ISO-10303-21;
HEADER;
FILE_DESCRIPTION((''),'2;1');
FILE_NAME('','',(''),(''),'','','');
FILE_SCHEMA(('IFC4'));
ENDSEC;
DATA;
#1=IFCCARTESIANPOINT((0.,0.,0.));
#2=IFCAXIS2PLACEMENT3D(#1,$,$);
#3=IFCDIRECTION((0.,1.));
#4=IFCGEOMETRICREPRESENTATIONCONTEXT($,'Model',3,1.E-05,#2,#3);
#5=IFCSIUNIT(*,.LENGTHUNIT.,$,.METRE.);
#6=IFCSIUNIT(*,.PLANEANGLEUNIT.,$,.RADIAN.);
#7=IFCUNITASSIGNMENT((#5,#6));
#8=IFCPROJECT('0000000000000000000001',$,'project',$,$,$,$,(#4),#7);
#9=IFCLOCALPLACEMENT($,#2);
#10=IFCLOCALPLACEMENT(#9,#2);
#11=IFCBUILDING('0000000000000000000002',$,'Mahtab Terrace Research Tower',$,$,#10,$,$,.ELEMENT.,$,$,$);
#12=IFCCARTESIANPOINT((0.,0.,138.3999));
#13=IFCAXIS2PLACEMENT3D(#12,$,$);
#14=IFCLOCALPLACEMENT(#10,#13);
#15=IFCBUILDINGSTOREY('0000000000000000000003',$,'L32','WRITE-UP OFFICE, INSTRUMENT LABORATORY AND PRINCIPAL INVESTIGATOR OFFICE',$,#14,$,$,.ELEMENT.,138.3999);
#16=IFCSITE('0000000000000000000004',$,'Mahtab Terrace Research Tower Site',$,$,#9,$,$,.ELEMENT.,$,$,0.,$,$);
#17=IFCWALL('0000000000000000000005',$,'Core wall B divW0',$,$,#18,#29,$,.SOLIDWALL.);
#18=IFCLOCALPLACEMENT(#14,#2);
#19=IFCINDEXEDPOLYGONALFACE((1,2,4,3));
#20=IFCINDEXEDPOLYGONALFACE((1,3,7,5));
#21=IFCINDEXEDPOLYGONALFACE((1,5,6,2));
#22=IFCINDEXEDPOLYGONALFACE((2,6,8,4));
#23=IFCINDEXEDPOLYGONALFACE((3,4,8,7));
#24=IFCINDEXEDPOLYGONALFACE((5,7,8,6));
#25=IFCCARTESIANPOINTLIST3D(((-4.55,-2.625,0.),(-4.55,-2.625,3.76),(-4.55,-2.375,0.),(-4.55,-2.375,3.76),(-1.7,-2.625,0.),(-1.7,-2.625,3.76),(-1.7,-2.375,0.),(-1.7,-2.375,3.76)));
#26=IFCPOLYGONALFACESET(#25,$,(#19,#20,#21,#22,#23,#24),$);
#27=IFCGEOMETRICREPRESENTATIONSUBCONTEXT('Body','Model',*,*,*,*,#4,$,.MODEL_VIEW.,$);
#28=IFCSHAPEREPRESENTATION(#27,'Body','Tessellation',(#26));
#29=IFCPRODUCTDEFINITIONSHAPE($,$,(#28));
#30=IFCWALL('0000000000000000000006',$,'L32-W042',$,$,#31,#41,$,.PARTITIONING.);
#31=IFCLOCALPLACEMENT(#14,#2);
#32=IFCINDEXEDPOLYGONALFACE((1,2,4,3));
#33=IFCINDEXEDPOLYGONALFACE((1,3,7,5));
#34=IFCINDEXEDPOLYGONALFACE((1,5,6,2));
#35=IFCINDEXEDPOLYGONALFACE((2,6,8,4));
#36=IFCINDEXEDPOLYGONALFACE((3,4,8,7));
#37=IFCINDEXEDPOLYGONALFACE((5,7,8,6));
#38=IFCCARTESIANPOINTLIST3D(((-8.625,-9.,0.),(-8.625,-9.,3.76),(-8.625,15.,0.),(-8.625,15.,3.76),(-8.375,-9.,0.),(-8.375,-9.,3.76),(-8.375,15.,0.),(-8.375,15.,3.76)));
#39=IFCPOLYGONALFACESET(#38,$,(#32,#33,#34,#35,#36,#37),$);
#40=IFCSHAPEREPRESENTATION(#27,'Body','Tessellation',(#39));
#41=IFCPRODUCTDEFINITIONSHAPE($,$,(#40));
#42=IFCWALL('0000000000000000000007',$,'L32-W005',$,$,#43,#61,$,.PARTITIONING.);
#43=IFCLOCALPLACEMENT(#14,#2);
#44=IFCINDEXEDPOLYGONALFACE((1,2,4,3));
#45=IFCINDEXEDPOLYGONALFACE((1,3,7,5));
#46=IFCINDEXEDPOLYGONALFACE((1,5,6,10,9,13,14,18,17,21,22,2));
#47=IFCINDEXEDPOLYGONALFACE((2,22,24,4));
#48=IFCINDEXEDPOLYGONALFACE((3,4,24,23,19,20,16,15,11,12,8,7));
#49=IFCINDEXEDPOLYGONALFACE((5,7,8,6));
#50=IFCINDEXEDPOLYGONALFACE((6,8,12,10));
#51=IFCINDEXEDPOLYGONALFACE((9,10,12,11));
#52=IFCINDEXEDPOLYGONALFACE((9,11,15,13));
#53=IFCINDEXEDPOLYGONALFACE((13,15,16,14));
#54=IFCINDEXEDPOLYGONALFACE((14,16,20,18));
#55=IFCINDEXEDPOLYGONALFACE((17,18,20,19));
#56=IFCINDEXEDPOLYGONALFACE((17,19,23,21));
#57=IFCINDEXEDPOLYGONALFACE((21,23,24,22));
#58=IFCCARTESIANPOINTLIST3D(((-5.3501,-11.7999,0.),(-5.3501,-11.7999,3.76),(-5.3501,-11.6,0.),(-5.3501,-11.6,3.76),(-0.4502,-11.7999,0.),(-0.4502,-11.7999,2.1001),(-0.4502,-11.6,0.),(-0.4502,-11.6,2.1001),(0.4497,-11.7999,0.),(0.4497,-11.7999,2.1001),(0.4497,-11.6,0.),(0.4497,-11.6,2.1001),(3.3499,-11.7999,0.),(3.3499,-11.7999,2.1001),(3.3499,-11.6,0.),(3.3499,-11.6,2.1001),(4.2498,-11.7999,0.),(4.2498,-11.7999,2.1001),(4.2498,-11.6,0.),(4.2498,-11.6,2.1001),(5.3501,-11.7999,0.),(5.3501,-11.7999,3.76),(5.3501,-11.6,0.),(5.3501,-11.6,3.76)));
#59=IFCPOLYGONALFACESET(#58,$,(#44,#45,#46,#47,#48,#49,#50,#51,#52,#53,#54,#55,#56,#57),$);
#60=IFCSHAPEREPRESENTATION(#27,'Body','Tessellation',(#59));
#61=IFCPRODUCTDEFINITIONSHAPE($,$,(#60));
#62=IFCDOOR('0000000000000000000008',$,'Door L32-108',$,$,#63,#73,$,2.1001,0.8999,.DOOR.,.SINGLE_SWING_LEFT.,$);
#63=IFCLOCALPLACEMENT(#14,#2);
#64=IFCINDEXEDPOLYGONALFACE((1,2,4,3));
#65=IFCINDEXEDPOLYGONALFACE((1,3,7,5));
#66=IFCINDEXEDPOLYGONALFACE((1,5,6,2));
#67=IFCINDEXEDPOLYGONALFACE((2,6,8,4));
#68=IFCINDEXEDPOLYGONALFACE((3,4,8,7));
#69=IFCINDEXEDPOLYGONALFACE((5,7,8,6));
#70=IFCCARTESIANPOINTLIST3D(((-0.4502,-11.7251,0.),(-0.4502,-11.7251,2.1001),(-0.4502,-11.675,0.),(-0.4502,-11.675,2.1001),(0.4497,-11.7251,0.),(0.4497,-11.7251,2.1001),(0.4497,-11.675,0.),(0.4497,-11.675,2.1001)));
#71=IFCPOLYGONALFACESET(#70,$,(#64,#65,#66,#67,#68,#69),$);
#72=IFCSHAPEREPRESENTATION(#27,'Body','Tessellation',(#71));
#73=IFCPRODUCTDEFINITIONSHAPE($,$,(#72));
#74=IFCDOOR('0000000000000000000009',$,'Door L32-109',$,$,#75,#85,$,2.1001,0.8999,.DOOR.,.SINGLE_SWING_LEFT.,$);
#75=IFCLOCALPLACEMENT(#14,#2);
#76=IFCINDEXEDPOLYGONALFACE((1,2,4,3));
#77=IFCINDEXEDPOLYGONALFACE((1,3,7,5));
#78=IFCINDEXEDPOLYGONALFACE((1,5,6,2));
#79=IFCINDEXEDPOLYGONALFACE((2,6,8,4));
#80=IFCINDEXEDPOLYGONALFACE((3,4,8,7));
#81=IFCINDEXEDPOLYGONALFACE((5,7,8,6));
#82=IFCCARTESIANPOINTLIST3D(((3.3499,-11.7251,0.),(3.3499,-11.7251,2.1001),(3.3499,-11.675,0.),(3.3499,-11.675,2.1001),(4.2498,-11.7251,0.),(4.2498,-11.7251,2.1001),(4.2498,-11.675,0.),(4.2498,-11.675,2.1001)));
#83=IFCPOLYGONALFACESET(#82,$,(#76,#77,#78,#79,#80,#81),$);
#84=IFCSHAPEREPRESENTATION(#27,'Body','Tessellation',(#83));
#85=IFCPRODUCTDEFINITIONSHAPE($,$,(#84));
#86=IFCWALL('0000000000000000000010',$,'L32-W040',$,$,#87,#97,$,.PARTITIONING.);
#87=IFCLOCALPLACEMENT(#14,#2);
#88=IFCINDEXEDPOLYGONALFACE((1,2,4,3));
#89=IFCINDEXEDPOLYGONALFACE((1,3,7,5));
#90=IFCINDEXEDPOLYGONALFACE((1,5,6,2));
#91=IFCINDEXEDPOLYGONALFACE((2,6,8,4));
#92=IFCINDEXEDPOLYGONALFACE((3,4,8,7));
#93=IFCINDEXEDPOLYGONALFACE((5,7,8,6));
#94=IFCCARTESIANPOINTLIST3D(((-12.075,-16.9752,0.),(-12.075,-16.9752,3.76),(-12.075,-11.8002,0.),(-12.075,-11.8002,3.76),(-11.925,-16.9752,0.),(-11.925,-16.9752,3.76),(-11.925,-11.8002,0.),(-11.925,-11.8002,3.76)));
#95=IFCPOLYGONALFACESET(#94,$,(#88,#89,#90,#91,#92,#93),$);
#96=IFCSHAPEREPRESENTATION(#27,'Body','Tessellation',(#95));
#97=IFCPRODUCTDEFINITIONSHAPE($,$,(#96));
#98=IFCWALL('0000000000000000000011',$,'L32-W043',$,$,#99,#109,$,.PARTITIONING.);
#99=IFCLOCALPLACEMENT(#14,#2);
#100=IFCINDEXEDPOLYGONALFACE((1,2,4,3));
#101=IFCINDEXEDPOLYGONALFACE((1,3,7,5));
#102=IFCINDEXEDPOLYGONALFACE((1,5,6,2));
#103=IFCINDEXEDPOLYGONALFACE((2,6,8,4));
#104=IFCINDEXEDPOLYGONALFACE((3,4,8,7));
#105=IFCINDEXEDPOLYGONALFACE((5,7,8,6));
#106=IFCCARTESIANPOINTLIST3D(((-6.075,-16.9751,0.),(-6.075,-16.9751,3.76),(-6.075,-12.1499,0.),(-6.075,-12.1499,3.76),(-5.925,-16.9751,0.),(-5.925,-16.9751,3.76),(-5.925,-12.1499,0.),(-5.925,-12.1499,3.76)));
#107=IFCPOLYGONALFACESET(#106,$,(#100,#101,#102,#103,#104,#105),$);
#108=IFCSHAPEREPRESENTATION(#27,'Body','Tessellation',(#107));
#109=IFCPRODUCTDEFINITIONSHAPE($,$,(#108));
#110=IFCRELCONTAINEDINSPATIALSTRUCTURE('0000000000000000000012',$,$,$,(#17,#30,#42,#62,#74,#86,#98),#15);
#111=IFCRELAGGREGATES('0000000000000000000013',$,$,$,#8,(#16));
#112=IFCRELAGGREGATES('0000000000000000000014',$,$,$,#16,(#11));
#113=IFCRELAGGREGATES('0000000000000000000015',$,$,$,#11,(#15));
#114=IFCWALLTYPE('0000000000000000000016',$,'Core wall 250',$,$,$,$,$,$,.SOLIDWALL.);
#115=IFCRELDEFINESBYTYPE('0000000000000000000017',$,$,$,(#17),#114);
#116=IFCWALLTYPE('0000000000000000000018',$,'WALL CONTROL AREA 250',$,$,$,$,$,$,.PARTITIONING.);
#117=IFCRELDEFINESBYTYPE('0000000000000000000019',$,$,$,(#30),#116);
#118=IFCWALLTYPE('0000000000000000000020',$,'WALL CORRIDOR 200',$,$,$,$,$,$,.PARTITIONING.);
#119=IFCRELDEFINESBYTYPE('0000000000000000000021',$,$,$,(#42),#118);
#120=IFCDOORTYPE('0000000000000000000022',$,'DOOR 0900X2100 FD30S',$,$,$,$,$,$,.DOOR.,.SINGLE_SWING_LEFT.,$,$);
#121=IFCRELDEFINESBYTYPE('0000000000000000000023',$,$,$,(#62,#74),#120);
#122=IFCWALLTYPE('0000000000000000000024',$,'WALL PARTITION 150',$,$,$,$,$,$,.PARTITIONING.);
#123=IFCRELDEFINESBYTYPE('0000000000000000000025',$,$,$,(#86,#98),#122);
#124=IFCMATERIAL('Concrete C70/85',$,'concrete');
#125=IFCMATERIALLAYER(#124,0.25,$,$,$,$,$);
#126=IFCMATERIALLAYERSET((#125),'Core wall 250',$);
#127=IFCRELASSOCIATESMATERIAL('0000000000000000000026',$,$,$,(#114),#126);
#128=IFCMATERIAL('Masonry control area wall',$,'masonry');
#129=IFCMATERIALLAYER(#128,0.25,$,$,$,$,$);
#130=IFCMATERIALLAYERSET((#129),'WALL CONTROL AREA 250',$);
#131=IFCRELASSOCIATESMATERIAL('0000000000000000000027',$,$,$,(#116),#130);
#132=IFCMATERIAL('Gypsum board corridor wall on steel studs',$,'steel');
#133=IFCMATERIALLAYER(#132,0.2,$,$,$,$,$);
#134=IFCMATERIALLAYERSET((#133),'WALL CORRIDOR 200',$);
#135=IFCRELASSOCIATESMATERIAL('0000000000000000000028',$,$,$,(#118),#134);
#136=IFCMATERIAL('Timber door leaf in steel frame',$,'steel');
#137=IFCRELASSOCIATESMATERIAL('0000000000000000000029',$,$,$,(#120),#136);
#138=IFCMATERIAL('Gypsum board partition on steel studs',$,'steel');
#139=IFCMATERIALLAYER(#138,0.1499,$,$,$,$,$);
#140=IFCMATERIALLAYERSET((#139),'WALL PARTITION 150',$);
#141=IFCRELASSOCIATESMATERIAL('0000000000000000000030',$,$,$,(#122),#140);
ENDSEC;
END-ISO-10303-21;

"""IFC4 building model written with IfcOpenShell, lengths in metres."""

from ifc_helpers import new_model, si_unit, direction, frame, frame_2d, origin, place, context, subcontext, project, spatial, rectangle, extrude, material, layer, layer_set, type_object, element, fill, save


model = new_model("IFC4")

# Units and contexts
model_context = context("Model", 3, precision=1e-05, world=origin(), true_north=direction((0.0, 1.0)))
body_context = subcontext(model_context, "Body", "Model", "MODEL_VIEW")
ifc_project = project(units=[si_unit("LENGTHUNIT", "METRE"), si_unit("PLANEANGLEUNIT", "RADIAN")], contexts=[model_context])

# Site, building, storey
site_placement = place(None, origin())
site = spatial("IfcSite", under=ifc_project, at=site_placement, Name="Mahtab Terrace Research Tower Site", CompositionType="ELEMENT", RefElevation=0.0)
building_placement = place(site_placement, origin())
building = spatial("IfcBuilding", under=site, at=building_placement, Name="Mahtab Terrace Research Tower", CompositionType="ELEMENT")
storey_placement = place(building_placement, frame((0.0, 0.0, 138.3999)))
storey = spatial("IfcBuildingStorey", under=building, at=storey_placement, Name="L32", Description="WRITE-UP OFFICE, INSTRUMENT LABORATORY AND PRINCIPAL INVESTIGATOR OFFICE", CompositionType="ELEMENT", Elevation=138.3999)

# Shared definitions
ifc_material_1 = material(Name="Concrete C70/85", Category="concrete")

# Shared definitions
ifc_layer_1 = layer(ifc_material_1, 0.25)
ifc_layer_set_1 = layer_set([ifc_layer_1], Name="Core wall 250")
wall_type_1 = type_object("IfcWallType", Name="Core wall 250", PredefinedType="SOLIDWALL", material=ifc_layer_set_1)

# Walls
wall_1_placement = place(storey_placement, frame((-4.55, -2.5, 0.0), z_axis=(0.0, 0.0, 1.0), x_axis=(1.0, 0.0, 0.0)))
element("IfcWall", 1, at=wall_1_placement, inside=storey, type_object=wall_type_1, Name="Core wall B divW0", PredefinedType="SOLIDWALL", context=body_context, shape_type="SweptSolid", body=[
    extrude(rectangle(XDim=2.8501, YDim=0.25, at=frame_2d((1.425, 0.0))), origin(), (0.0, 0.0, 1.0), 3.76),
])
ifc_material_2 = material(Name="Masonry control area wall", Category="masonry")
ifc_layer_2 = layer(ifc_material_2, 0.25)
ifc_layer_set_2 = layer_set([ifc_layer_2], Name="WALL CONTROL AREA 250")
wall_type_2 = type_object("IfcWallType", Name="WALL CONTROL AREA 250", PredefinedType="PARTITIONING", material=ifc_layer_set_2)
wall_2_placement = place(storey_placement, frame((-8.5, -9.0, 0.0), z_axis=(0.0, 0.0, 1.0), x_axis=(0.0, 1.0, 0.0)))
element("IfcWall", 2, at=wall_2_placement, inside=storey, type_object=wall_type_2, Name="L32-W042", PredefinedType="PARTITIONING", context=body_context, shape_type="SweptSolid", body=[
    extrude(rectangle(XDim=24.0, YDim=0.25, at=frame_2d((12.0, 0.0))), origin(), (0.0, 0.0, 1.0), 3.76),
])

# Wall, openings, doors
ifc_material_3 = material(Name="Gypsum board corridor wall on steel studs", Category="steel")
ifc_layer_3 = layer(ifc_material_3, 0.2)
ifc_layer_set_3 = layer_set([ifc_layer_3], Name="WALL CORRIDOR 200")
wall_type_3 = type_object("IfcWallType", Name="WALL CORRIDOR 200", PredefinedType="PARTITIONING", material=ifc_layer_set_3)
wall_3_placement = place(storey_placement, frame((-5.3501, -11.7, 0.0), z_axis=(0.0, 0.0, 1.0), x_axis=(1.0, 0.0, 0.0)))
wall_3 = element("IfcWall", 3, at=wall_3_placement, inside=storey, type_object=wall_type_3, Name="L32-W005", PredefinedType="PARTITIONING", context=body_context, shape_type="SweptSolid", body=[
    extrude(rectangle(XDim=10.7002, YDim=0.2, at=frame_2d((5.3501, 0.0))), origin(), (0.0, 0.0, 1.0), 3.76),
])
opening_1_placement = place(wall_3_placement, frame((4.8999, 0.0, 0.0)))
opening_1 = element("IfcOpeningElement", 4, at=opening_1_placement, cuts=wall_3, PredefinedType="OPENING", context=body_context, shape_type="SweptSolid", body=[
    extrude(rectangle(XDim=0.8999, YDim=2.1001, at=frame_2d((0.45, 1.05))), frame((0.0, 0.1099, 0.0), z_axis=(0.0, -1.0, 0.0), x_axis=(1.0, 0.0, 0.0)), (0.0, 0.0, 1.0), 0.22),
])
opening_2_placement = place(wall_3_placement, frame((8.7, 0.0, 0.0)))
opening_2 = element("IfcOpeningElement", 5, at=opening_2_placement, cuts=wall_3, PredefinedType="OPENING", context=body_context, shape_type="SweptSolid", body=[
    extrude(rectangle(XDim=0.8999, YDim=2.1001, at=frame_2d((0.45, 1.05))), frame((0.0, 0.1099, 0.0), z_axis=(0.0, -1.0, 0.0), x_axis=(1.0, 0.0, 0.0)), (0.0, 0.0, 1.0), 0.22),
])
ifc_material_4 = material(Name="Timber door leaf in steel frame", Category="steel")
door_type_1 = type_object("IfcDoorType", Name="DOOR 0900X2100 FD30S", OperationType="SINGLE_SWING_LEFT", PredefinedType="DOOR", material=ifc_material_4)
door_1_placement = place(opening_1_placement, origin())
door_1 = element("IfcDoor", 6, at=door_1_placement, inside=storey, type_object=door_type_1, Name="Door L32-108", OperationType="SINGLE_SWING_LEFT", OverallHeight=2.1001, OverallWidth=0.8999, PredefinedType="DOOR", context=body_context, shape_type="SweptSolid", body=[
    extrude(rectangle(XDim=0.8999, YDim=2.1001, at=frame_2d((0.45, 1.05))), frame((0.0, 0.0249, 0.0), z_axis=(0.0, -1.0, 0.0), x_axis=(1.0, 0.0, 0.0)), (0.0, 0.0, 1.0), 0.05),
])
fill(opening_1, door_1)
door_2_placement = place(opening_2_placement, origin())
door_2 = element("IfcDoor", 7, at=door_2_placement, inside=storey, type_object=door_type_1, Name="Door L32-109", OperationType="SINGLE_SWING_LEFT", OverallHeight=2.1001, OverallWidth=0.8999, PredefinedType="DOOR", context=body_context, shape_type="SweptSolid", body=[
    extrude(rectangle(XDim=0.8999, YDim=2.1001, at=frame_2d((0.45, 1.05))), frame((0.0, 0.0249, 0.0), z_axis=(0.0, -1.0, 0.0), x_axis=(1.0, 0.0, 0.0)), (0.0, 0.0, 1.0), 0.05),
])
fill(opening_2, door_2)

# Walls
ifc_material_5 = material(Name="Gypsum board partition on steel studs", Category="steel")
ifc_layer_4 = layer(ifc_material_5, 0.1499)
ifc_layer_set_4 = layer_set([ifc_layer_4], Name="WALL PARTITION 150")
wall_type_4 = type_object("IfcWallType", Name="WALL PARTITION 150", PredefinedType="PARTITIONING", material=ifc_layer_set_4)
wall_4_placement = place(storey_placement, frame((-12.0, -16.9751, 0.0), z_axis=(0.0, 0.0, 1.0), x_axis=(0.0, 1.0, 0.0)))
element("IfcWall", 8, at=wall_4_placement, inside=storey, type_object=wall_type_4, Name="L32-W040", PredefinedType="PARTITIONING", context=body_context, shape_type="SweptSolid", body=[
    extrude(rectangle(XDim=5.175, YDim=0.1499, at=frame_2d((2.5874, 0.0))), origin(), (0.0, 0.0, 1.0), 3.76),
])
wall_5_placement = place(storey_placement, frame((-6.0, -16.9751, 0.0), z_axis=(0.0, 0.0, 1.0), x_axis=(0.0, 1.0, 0.0)))
element("IfcWall", 9, at=wall_5_placement, inside=storey, type_object=wall_type_4, Name="L32-W043", PredefinedType="PARTITIONING", context=body_context, shape_type="SweptSolid", body=[
    extrude(rectangle(XDim=4.8252, YDim=0.1499, at=frame_2d((2.4126, 0.0))), origin(), (0.0, 0.0, 1.0), 3.76),
])

save(model, "model.ifc")
